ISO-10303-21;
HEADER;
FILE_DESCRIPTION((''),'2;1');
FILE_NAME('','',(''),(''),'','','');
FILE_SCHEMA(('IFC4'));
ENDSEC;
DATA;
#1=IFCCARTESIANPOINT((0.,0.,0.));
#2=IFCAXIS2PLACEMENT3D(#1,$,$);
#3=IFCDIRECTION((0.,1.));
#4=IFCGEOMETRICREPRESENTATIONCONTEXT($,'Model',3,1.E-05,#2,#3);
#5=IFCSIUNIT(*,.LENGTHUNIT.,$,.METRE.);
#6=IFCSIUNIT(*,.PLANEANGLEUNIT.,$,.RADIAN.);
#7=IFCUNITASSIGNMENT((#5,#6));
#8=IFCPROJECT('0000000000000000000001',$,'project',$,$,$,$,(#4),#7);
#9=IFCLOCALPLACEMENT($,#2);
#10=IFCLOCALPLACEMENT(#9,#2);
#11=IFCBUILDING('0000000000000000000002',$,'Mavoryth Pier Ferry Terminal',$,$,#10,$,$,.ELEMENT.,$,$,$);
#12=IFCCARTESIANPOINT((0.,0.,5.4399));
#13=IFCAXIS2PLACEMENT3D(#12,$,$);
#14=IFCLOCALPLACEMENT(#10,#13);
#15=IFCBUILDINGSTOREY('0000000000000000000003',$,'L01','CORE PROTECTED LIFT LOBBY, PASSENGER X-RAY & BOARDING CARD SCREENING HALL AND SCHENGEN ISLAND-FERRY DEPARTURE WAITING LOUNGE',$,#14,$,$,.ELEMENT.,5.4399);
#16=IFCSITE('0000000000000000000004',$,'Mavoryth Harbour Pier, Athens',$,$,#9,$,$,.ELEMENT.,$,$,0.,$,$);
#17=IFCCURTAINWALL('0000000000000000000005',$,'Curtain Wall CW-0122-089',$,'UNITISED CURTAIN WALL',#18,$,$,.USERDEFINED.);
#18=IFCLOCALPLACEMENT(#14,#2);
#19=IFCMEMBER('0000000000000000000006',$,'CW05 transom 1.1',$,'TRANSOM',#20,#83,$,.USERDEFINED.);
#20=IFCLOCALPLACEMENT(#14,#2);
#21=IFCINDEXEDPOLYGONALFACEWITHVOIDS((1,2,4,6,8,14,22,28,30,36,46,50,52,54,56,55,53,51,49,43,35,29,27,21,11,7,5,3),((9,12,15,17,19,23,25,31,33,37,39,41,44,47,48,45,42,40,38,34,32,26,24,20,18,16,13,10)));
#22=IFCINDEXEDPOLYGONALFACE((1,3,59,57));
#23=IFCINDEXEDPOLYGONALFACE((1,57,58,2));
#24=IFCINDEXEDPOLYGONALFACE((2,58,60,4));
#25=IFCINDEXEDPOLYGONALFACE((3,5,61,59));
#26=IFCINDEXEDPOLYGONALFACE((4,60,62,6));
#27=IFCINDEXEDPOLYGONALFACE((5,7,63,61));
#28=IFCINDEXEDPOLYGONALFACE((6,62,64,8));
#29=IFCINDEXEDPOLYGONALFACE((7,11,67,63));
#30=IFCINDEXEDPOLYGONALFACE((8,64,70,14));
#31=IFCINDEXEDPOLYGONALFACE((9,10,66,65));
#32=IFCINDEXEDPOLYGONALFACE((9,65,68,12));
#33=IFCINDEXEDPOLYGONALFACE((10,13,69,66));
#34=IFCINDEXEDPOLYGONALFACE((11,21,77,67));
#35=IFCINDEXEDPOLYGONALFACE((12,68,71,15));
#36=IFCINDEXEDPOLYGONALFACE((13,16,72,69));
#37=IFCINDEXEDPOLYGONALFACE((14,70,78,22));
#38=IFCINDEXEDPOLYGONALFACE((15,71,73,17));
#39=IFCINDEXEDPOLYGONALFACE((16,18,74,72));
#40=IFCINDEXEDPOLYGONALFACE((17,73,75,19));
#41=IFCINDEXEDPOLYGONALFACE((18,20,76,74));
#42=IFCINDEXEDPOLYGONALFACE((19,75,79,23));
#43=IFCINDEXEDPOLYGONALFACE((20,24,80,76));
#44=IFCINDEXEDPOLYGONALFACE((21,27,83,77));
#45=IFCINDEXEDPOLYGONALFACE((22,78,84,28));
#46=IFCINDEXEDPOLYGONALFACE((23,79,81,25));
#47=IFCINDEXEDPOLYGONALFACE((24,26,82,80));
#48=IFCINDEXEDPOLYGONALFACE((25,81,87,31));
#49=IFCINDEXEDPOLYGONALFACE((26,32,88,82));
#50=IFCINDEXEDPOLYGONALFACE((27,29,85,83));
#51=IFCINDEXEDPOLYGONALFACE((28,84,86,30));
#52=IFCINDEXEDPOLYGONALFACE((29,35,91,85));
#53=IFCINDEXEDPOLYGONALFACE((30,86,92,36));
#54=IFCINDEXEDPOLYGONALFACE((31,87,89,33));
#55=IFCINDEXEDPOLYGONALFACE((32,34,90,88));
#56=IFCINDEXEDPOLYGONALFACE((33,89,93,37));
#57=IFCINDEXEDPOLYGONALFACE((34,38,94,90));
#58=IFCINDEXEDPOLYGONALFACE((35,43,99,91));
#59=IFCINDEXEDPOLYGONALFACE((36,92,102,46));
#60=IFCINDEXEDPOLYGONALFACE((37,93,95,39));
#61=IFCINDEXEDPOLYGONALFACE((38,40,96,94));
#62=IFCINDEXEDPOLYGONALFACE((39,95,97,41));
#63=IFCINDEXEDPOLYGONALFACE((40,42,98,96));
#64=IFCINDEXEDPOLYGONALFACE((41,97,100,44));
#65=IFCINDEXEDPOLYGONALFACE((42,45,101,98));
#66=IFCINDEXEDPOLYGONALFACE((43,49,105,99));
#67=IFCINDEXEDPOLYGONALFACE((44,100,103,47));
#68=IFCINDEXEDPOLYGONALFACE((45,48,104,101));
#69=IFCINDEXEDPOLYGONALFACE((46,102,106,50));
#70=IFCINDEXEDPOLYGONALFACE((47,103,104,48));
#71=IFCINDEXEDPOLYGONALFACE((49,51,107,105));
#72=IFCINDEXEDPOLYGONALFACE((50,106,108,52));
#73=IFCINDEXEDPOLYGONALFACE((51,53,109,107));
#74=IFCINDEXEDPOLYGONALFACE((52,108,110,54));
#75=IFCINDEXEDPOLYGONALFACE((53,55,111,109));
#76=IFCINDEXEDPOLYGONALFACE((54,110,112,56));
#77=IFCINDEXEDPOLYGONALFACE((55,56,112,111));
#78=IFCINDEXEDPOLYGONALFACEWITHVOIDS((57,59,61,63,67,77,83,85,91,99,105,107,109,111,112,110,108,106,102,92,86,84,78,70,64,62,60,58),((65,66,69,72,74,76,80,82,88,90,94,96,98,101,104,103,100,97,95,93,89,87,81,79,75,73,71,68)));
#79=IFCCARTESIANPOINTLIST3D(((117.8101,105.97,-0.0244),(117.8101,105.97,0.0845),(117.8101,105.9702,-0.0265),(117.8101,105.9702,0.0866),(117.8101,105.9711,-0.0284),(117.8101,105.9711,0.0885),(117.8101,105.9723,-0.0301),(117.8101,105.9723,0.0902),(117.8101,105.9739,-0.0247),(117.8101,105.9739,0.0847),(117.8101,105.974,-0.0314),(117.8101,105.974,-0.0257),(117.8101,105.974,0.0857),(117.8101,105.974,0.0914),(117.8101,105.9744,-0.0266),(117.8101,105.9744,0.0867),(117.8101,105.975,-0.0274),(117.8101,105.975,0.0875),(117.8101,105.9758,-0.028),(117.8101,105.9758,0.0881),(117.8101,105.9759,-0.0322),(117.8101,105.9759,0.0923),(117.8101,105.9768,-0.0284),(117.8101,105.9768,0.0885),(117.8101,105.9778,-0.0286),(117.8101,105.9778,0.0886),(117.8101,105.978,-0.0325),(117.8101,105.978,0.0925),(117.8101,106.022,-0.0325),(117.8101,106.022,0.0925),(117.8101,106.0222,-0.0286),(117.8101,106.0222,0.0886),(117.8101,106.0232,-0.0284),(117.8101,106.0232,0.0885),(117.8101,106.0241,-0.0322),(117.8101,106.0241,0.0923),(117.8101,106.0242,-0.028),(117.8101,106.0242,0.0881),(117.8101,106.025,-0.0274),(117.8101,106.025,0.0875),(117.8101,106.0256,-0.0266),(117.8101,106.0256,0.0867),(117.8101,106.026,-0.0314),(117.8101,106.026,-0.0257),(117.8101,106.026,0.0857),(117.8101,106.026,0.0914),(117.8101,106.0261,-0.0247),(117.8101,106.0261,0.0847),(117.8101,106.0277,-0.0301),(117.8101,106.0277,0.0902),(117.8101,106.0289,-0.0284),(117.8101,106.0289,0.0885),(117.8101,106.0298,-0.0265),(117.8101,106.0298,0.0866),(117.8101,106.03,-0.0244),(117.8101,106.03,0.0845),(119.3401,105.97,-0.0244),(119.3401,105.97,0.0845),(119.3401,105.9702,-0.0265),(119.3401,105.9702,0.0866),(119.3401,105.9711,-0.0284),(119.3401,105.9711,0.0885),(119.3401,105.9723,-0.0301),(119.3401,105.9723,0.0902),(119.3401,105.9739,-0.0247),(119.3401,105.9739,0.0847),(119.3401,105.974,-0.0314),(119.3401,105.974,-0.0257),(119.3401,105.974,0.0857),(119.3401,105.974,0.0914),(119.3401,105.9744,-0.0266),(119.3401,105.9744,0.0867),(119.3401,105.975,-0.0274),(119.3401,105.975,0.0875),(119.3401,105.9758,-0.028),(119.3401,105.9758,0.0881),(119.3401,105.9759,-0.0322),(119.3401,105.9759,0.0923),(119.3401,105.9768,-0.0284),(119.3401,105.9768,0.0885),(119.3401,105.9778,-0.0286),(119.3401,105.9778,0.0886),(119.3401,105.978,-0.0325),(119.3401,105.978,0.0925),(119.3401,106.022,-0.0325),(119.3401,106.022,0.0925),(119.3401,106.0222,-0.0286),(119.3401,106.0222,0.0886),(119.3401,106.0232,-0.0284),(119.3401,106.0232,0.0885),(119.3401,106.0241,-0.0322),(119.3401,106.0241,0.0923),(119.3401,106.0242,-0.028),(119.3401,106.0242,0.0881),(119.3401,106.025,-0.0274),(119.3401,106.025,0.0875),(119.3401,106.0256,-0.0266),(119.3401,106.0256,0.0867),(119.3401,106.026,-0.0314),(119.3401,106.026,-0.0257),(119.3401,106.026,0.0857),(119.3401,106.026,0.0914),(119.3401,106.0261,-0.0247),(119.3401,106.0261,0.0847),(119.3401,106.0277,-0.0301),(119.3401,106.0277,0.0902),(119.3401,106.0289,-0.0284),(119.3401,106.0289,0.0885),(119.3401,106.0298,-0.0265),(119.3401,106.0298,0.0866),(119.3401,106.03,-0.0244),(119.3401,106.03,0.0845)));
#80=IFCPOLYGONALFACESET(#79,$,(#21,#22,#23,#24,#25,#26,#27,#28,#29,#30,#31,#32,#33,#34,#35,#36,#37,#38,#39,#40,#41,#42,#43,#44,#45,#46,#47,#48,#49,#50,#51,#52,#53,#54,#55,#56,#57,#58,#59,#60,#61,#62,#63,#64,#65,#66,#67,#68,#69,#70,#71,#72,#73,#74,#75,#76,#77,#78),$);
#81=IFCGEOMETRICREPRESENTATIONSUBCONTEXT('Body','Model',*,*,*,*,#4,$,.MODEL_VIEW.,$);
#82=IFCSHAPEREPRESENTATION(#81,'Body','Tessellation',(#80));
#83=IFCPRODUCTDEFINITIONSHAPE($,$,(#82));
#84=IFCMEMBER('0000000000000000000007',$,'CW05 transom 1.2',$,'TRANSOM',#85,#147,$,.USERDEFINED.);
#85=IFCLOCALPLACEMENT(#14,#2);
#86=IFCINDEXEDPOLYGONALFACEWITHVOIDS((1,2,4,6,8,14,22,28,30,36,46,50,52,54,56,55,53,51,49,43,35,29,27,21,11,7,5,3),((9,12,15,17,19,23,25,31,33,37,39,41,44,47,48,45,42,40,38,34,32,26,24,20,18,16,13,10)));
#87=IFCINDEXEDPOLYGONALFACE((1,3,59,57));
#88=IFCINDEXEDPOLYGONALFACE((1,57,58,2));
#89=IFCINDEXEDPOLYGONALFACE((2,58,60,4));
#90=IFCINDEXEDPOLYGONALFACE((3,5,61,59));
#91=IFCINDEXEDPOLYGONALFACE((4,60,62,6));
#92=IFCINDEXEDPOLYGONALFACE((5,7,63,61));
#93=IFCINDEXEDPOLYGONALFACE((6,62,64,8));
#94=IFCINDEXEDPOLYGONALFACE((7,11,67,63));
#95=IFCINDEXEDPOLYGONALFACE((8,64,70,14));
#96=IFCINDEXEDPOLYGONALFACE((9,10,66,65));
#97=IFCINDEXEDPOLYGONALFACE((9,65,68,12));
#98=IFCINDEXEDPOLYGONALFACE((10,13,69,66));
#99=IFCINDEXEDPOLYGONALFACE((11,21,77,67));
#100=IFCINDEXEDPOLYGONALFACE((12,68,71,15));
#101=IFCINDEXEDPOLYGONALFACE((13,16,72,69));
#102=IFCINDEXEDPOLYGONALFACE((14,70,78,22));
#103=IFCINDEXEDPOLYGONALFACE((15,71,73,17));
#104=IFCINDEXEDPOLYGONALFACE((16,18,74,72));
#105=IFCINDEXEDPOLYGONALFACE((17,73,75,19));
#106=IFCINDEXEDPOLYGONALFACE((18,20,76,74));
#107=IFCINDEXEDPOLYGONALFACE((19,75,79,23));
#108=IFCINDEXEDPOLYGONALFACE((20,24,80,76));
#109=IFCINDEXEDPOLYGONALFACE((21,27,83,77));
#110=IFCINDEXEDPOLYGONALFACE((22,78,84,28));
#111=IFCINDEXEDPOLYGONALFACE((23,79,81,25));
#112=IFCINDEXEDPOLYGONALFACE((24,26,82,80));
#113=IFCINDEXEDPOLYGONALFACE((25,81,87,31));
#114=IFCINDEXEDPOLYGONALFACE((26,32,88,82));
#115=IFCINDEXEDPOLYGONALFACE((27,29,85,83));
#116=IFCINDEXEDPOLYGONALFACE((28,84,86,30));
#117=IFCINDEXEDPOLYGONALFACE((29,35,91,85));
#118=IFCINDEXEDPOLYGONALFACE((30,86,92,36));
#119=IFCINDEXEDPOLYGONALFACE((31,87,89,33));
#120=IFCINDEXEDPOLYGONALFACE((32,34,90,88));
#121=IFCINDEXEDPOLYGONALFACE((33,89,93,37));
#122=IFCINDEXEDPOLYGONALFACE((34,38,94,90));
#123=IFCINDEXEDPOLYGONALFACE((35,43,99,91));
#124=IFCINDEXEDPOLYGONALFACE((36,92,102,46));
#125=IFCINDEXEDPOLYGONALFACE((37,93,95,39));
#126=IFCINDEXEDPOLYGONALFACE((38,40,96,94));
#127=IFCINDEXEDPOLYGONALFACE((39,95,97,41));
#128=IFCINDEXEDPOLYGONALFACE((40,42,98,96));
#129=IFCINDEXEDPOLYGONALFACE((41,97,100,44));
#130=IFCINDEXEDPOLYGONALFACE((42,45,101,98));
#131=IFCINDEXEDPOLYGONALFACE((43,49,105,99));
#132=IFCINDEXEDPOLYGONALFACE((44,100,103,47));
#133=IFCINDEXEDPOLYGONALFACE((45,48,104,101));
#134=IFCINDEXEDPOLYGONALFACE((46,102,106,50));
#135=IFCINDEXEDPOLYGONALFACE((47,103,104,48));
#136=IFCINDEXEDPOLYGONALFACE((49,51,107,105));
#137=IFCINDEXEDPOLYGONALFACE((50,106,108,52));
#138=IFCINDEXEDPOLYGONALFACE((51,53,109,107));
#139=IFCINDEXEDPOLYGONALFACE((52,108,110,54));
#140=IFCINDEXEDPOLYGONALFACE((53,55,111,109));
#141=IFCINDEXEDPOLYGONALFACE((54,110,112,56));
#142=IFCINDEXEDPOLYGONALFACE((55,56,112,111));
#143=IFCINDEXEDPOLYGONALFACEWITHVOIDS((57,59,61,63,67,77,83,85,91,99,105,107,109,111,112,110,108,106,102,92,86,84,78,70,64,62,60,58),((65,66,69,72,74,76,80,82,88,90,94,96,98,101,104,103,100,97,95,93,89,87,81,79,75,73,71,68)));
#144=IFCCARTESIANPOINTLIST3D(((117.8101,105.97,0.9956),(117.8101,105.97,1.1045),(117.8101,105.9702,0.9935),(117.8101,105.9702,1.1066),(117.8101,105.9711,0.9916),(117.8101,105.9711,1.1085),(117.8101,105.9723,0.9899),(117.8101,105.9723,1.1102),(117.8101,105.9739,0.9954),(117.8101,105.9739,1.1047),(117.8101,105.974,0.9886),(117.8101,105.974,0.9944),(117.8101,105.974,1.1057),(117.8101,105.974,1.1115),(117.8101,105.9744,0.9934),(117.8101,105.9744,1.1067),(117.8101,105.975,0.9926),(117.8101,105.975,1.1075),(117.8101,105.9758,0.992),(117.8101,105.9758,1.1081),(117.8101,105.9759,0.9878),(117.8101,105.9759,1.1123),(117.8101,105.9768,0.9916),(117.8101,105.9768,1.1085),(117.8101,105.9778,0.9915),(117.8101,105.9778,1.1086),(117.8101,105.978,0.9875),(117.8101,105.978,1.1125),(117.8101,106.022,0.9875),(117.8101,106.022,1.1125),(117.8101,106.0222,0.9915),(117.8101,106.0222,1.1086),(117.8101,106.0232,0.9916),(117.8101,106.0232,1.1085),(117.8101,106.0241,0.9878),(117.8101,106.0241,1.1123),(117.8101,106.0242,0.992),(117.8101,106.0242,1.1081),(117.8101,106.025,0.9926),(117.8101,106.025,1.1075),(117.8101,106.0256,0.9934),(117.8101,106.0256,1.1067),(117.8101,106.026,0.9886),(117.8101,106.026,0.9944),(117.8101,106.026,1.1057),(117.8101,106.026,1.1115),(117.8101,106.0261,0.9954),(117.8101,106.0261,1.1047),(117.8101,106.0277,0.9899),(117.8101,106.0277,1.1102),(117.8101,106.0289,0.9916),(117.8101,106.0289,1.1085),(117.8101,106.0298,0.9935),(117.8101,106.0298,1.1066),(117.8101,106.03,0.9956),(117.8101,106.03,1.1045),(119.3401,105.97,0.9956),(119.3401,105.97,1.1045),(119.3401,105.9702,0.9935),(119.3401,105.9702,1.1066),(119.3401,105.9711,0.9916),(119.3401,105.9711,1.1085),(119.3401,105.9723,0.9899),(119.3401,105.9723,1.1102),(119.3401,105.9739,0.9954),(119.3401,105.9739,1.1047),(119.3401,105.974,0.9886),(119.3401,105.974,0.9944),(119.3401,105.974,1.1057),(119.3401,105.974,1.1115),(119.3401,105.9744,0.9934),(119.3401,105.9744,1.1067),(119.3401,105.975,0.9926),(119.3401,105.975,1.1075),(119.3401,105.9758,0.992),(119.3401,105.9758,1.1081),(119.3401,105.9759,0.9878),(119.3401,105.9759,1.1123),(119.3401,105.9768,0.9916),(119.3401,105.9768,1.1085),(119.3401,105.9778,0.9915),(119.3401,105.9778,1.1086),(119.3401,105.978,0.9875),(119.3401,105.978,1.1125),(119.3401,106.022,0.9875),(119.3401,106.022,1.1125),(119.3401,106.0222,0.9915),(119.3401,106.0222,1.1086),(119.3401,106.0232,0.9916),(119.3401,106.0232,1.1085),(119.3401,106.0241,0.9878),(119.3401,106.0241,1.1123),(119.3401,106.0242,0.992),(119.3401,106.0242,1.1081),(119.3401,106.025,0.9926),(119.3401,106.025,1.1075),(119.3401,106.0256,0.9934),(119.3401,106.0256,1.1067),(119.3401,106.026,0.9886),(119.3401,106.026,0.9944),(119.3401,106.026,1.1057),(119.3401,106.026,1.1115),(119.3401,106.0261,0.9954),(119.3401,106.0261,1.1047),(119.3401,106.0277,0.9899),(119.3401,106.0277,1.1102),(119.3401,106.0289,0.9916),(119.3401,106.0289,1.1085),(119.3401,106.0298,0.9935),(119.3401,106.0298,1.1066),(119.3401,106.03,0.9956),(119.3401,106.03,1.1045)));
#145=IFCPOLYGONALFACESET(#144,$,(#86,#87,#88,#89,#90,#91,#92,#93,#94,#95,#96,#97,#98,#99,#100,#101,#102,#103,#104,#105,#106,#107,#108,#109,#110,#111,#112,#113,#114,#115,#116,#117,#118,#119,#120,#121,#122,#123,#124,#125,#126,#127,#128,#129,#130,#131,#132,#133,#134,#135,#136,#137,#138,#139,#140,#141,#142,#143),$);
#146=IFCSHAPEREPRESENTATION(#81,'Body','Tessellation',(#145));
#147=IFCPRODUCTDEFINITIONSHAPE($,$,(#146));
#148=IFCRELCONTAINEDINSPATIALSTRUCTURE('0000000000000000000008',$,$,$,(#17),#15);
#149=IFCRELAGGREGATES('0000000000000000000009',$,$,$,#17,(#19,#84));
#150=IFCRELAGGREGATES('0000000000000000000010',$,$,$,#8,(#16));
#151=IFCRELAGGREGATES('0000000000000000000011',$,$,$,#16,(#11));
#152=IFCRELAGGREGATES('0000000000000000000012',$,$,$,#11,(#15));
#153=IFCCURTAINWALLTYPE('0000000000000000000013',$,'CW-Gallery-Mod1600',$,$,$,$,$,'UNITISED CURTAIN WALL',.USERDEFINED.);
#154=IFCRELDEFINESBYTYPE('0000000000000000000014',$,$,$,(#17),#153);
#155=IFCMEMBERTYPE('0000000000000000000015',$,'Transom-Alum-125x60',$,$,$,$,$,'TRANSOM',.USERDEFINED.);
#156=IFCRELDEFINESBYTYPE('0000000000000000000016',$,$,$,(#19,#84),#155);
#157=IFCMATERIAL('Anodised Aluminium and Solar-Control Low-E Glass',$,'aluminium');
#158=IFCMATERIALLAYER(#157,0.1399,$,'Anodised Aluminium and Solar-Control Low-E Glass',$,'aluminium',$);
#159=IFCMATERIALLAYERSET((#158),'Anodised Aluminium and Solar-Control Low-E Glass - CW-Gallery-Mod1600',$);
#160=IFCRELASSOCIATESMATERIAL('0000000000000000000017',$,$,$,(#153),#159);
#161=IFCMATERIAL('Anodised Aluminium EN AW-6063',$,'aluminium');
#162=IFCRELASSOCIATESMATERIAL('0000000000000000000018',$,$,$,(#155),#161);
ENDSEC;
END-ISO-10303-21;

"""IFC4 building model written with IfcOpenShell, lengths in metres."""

from ifc_helpers import new_model, si_unit, direction, frame, origin, origin_2d, place, context, subcontext, project, spatial, hollow_rectangle, extrude, material, layer, layer_set, material_profile, profile_set, type_object, element, aggregate, save


model = new_model("IFC4")

# Units and contexts
model_context = context("Model", 3, precision=1e-05, world=origin(), true_north=direction((0.0, 1.0)))
body_context = subcontext(model_context, "Body", "Model", "MODEL_VIEW")
ifc_project = project(units=[si_unit("LENGTHUNIT", "METRE"), si_unit("PLANEANGLEUNIT", "RADIAN")], contexts=[model_context])

# Site, building, storey
site_placement = place(None, origin())
site = spatial("IfcSite", under=ifc_project, at=site_placement, Name="Mavoryth Harbour Pier, Athens", CompositionType="ELEMENT", RefElevation=0.0)
building_placement = place(site_placement, origin())
building = spatial("IfcBuilding", under=site, at=building_placement, Name="Mavoryth Pier Ferry Terminal", CompositionType="ELEMENT")
storey_placement = place(building_placement, frame((0.0, 0.0, 5.4399)))
storey = spatial("IfcBuildingStorey", under=building, at=storey_placement, Name="L01", Description="CORE PROTECTED LIFT LOBBY, PASSENGER X-RAY & BOARDING CARD SCREENING HALL AND SCHENGEN ISLAND-FERRY DEPARTURE WAITING LOUNGE", CompositionType="ELEMENT", Elevation=5.4399)

# Shared definitions
ifc_material_1 = material(Name="Anodised Aluminium and Solar-Control Low-E Glass", Category="aluminium")
ifc_layer_1 = layer(ifc_material_1, 0.1399, Name="Anodised Aluminium and Solar-Control Low-E Glass", Category="aluminium")
ifc_layer_set_1 = layer_set([ifc_layer_1], Name="Anodised Aluminium and Solar-Control Low-E Glass - CW-Gallery-Mod1600")
curtain_wall_type = type_object("IfcCurtainWallType", Name="CW-Gallery-Mod1600", ElementType="UNITISED CURTAIN WALL", PredefinedType="USERDEFINED", material=ifc_layer_set_1)
ifc_material_2 = material(Name="Anodised Aluminium EN AW-6063", Category="aluminium")

# Curtain wall
curtain_wall_1_placement = place(storey_placement, origin())
curtain_wall_1 = element("IfcCurtainWall", 1, at=curtain_wall_1_placement, inside=storey, type_object=curtain_wall_type, Name="Curtain Wall CW-0122-089", ObjectType="UNITISED CURTAIN WALL", PredefinedType="USERDEFINED")

# Members
ifc_material_profile_1 = material_profile(ifc_material_2, hollow_rectangle(XDim=0.0601, YDim=0.125, WallThickness=0.0039, InnerFilletRadius=0.0039, OuterFilletRadius=0.0081, at=origin_2d()), Name="AL-TRAN 125x60x4", Category="aluminium")
ifc_profile_set_1 = profile_set([ifc_material_profile_1], Name="Anodised Aluminium EN AW-6063 - AL-TRAN 125x60x4")
member_type_1 = type_object("IfcMemberType", Name="Transom-Alum-125x60", ElementType="TRANSOM", PredefinedType="USERDEFINED", material=ifc_profile_set_1)
member_1_placement = place(storey_placement, frame((117.8101, 106.0, 0.03), z_axis=(1.0, 0.0, 0.0), x_axis=(0.0, 1.0, 0.0)))
member_1 = element("IfcMember", 2, at=member_1_placement, type_object=member_type_1, Name="CW05 transom 1.1", ObjectType="TRANSOM", PredefinedType="USERDEFINED", context=body_context, shape_type="SweptSolid", body=[
    extrude(hollow_rectangle(XDim=0.0601, YDim=0.125, WallThickness=0.0039, InnerFilletRadius=0.0039, OuterFilletRadius=0.0081, at=origin_2d()), origin(), (0.0, 0.0, 1.0), 1.53),
])
member_2_placement = place(storey_placement, frame((117.8101, 106.0, 1.05), z_axis=(1.0, 0.0, 0.0), x_axis=(0.0, 1.0, 0.0)))
member_2 = element("IfcMember", 3, at=member_2_placement, type_object=member_type_1, Name="CW05 transom 1.2", ObjectType="TRANSOM", PredefinedType="USERDEFINED", context=body_context, shape_type="SweptSolid", body=[
    extrude(hollow_rectangle(XDim=0.0601, YDim=0.125, WallThickness=0.0039, InnerFilletRadius=0.0039, OuterFilletRadius=0.0081, at=origin_2d()), origin(), (0.0, 0.0, 1.0), 1.53),
])

aggregate(curtain_wall_1, [member_1, member_2])

save(model, "model.ifc")
